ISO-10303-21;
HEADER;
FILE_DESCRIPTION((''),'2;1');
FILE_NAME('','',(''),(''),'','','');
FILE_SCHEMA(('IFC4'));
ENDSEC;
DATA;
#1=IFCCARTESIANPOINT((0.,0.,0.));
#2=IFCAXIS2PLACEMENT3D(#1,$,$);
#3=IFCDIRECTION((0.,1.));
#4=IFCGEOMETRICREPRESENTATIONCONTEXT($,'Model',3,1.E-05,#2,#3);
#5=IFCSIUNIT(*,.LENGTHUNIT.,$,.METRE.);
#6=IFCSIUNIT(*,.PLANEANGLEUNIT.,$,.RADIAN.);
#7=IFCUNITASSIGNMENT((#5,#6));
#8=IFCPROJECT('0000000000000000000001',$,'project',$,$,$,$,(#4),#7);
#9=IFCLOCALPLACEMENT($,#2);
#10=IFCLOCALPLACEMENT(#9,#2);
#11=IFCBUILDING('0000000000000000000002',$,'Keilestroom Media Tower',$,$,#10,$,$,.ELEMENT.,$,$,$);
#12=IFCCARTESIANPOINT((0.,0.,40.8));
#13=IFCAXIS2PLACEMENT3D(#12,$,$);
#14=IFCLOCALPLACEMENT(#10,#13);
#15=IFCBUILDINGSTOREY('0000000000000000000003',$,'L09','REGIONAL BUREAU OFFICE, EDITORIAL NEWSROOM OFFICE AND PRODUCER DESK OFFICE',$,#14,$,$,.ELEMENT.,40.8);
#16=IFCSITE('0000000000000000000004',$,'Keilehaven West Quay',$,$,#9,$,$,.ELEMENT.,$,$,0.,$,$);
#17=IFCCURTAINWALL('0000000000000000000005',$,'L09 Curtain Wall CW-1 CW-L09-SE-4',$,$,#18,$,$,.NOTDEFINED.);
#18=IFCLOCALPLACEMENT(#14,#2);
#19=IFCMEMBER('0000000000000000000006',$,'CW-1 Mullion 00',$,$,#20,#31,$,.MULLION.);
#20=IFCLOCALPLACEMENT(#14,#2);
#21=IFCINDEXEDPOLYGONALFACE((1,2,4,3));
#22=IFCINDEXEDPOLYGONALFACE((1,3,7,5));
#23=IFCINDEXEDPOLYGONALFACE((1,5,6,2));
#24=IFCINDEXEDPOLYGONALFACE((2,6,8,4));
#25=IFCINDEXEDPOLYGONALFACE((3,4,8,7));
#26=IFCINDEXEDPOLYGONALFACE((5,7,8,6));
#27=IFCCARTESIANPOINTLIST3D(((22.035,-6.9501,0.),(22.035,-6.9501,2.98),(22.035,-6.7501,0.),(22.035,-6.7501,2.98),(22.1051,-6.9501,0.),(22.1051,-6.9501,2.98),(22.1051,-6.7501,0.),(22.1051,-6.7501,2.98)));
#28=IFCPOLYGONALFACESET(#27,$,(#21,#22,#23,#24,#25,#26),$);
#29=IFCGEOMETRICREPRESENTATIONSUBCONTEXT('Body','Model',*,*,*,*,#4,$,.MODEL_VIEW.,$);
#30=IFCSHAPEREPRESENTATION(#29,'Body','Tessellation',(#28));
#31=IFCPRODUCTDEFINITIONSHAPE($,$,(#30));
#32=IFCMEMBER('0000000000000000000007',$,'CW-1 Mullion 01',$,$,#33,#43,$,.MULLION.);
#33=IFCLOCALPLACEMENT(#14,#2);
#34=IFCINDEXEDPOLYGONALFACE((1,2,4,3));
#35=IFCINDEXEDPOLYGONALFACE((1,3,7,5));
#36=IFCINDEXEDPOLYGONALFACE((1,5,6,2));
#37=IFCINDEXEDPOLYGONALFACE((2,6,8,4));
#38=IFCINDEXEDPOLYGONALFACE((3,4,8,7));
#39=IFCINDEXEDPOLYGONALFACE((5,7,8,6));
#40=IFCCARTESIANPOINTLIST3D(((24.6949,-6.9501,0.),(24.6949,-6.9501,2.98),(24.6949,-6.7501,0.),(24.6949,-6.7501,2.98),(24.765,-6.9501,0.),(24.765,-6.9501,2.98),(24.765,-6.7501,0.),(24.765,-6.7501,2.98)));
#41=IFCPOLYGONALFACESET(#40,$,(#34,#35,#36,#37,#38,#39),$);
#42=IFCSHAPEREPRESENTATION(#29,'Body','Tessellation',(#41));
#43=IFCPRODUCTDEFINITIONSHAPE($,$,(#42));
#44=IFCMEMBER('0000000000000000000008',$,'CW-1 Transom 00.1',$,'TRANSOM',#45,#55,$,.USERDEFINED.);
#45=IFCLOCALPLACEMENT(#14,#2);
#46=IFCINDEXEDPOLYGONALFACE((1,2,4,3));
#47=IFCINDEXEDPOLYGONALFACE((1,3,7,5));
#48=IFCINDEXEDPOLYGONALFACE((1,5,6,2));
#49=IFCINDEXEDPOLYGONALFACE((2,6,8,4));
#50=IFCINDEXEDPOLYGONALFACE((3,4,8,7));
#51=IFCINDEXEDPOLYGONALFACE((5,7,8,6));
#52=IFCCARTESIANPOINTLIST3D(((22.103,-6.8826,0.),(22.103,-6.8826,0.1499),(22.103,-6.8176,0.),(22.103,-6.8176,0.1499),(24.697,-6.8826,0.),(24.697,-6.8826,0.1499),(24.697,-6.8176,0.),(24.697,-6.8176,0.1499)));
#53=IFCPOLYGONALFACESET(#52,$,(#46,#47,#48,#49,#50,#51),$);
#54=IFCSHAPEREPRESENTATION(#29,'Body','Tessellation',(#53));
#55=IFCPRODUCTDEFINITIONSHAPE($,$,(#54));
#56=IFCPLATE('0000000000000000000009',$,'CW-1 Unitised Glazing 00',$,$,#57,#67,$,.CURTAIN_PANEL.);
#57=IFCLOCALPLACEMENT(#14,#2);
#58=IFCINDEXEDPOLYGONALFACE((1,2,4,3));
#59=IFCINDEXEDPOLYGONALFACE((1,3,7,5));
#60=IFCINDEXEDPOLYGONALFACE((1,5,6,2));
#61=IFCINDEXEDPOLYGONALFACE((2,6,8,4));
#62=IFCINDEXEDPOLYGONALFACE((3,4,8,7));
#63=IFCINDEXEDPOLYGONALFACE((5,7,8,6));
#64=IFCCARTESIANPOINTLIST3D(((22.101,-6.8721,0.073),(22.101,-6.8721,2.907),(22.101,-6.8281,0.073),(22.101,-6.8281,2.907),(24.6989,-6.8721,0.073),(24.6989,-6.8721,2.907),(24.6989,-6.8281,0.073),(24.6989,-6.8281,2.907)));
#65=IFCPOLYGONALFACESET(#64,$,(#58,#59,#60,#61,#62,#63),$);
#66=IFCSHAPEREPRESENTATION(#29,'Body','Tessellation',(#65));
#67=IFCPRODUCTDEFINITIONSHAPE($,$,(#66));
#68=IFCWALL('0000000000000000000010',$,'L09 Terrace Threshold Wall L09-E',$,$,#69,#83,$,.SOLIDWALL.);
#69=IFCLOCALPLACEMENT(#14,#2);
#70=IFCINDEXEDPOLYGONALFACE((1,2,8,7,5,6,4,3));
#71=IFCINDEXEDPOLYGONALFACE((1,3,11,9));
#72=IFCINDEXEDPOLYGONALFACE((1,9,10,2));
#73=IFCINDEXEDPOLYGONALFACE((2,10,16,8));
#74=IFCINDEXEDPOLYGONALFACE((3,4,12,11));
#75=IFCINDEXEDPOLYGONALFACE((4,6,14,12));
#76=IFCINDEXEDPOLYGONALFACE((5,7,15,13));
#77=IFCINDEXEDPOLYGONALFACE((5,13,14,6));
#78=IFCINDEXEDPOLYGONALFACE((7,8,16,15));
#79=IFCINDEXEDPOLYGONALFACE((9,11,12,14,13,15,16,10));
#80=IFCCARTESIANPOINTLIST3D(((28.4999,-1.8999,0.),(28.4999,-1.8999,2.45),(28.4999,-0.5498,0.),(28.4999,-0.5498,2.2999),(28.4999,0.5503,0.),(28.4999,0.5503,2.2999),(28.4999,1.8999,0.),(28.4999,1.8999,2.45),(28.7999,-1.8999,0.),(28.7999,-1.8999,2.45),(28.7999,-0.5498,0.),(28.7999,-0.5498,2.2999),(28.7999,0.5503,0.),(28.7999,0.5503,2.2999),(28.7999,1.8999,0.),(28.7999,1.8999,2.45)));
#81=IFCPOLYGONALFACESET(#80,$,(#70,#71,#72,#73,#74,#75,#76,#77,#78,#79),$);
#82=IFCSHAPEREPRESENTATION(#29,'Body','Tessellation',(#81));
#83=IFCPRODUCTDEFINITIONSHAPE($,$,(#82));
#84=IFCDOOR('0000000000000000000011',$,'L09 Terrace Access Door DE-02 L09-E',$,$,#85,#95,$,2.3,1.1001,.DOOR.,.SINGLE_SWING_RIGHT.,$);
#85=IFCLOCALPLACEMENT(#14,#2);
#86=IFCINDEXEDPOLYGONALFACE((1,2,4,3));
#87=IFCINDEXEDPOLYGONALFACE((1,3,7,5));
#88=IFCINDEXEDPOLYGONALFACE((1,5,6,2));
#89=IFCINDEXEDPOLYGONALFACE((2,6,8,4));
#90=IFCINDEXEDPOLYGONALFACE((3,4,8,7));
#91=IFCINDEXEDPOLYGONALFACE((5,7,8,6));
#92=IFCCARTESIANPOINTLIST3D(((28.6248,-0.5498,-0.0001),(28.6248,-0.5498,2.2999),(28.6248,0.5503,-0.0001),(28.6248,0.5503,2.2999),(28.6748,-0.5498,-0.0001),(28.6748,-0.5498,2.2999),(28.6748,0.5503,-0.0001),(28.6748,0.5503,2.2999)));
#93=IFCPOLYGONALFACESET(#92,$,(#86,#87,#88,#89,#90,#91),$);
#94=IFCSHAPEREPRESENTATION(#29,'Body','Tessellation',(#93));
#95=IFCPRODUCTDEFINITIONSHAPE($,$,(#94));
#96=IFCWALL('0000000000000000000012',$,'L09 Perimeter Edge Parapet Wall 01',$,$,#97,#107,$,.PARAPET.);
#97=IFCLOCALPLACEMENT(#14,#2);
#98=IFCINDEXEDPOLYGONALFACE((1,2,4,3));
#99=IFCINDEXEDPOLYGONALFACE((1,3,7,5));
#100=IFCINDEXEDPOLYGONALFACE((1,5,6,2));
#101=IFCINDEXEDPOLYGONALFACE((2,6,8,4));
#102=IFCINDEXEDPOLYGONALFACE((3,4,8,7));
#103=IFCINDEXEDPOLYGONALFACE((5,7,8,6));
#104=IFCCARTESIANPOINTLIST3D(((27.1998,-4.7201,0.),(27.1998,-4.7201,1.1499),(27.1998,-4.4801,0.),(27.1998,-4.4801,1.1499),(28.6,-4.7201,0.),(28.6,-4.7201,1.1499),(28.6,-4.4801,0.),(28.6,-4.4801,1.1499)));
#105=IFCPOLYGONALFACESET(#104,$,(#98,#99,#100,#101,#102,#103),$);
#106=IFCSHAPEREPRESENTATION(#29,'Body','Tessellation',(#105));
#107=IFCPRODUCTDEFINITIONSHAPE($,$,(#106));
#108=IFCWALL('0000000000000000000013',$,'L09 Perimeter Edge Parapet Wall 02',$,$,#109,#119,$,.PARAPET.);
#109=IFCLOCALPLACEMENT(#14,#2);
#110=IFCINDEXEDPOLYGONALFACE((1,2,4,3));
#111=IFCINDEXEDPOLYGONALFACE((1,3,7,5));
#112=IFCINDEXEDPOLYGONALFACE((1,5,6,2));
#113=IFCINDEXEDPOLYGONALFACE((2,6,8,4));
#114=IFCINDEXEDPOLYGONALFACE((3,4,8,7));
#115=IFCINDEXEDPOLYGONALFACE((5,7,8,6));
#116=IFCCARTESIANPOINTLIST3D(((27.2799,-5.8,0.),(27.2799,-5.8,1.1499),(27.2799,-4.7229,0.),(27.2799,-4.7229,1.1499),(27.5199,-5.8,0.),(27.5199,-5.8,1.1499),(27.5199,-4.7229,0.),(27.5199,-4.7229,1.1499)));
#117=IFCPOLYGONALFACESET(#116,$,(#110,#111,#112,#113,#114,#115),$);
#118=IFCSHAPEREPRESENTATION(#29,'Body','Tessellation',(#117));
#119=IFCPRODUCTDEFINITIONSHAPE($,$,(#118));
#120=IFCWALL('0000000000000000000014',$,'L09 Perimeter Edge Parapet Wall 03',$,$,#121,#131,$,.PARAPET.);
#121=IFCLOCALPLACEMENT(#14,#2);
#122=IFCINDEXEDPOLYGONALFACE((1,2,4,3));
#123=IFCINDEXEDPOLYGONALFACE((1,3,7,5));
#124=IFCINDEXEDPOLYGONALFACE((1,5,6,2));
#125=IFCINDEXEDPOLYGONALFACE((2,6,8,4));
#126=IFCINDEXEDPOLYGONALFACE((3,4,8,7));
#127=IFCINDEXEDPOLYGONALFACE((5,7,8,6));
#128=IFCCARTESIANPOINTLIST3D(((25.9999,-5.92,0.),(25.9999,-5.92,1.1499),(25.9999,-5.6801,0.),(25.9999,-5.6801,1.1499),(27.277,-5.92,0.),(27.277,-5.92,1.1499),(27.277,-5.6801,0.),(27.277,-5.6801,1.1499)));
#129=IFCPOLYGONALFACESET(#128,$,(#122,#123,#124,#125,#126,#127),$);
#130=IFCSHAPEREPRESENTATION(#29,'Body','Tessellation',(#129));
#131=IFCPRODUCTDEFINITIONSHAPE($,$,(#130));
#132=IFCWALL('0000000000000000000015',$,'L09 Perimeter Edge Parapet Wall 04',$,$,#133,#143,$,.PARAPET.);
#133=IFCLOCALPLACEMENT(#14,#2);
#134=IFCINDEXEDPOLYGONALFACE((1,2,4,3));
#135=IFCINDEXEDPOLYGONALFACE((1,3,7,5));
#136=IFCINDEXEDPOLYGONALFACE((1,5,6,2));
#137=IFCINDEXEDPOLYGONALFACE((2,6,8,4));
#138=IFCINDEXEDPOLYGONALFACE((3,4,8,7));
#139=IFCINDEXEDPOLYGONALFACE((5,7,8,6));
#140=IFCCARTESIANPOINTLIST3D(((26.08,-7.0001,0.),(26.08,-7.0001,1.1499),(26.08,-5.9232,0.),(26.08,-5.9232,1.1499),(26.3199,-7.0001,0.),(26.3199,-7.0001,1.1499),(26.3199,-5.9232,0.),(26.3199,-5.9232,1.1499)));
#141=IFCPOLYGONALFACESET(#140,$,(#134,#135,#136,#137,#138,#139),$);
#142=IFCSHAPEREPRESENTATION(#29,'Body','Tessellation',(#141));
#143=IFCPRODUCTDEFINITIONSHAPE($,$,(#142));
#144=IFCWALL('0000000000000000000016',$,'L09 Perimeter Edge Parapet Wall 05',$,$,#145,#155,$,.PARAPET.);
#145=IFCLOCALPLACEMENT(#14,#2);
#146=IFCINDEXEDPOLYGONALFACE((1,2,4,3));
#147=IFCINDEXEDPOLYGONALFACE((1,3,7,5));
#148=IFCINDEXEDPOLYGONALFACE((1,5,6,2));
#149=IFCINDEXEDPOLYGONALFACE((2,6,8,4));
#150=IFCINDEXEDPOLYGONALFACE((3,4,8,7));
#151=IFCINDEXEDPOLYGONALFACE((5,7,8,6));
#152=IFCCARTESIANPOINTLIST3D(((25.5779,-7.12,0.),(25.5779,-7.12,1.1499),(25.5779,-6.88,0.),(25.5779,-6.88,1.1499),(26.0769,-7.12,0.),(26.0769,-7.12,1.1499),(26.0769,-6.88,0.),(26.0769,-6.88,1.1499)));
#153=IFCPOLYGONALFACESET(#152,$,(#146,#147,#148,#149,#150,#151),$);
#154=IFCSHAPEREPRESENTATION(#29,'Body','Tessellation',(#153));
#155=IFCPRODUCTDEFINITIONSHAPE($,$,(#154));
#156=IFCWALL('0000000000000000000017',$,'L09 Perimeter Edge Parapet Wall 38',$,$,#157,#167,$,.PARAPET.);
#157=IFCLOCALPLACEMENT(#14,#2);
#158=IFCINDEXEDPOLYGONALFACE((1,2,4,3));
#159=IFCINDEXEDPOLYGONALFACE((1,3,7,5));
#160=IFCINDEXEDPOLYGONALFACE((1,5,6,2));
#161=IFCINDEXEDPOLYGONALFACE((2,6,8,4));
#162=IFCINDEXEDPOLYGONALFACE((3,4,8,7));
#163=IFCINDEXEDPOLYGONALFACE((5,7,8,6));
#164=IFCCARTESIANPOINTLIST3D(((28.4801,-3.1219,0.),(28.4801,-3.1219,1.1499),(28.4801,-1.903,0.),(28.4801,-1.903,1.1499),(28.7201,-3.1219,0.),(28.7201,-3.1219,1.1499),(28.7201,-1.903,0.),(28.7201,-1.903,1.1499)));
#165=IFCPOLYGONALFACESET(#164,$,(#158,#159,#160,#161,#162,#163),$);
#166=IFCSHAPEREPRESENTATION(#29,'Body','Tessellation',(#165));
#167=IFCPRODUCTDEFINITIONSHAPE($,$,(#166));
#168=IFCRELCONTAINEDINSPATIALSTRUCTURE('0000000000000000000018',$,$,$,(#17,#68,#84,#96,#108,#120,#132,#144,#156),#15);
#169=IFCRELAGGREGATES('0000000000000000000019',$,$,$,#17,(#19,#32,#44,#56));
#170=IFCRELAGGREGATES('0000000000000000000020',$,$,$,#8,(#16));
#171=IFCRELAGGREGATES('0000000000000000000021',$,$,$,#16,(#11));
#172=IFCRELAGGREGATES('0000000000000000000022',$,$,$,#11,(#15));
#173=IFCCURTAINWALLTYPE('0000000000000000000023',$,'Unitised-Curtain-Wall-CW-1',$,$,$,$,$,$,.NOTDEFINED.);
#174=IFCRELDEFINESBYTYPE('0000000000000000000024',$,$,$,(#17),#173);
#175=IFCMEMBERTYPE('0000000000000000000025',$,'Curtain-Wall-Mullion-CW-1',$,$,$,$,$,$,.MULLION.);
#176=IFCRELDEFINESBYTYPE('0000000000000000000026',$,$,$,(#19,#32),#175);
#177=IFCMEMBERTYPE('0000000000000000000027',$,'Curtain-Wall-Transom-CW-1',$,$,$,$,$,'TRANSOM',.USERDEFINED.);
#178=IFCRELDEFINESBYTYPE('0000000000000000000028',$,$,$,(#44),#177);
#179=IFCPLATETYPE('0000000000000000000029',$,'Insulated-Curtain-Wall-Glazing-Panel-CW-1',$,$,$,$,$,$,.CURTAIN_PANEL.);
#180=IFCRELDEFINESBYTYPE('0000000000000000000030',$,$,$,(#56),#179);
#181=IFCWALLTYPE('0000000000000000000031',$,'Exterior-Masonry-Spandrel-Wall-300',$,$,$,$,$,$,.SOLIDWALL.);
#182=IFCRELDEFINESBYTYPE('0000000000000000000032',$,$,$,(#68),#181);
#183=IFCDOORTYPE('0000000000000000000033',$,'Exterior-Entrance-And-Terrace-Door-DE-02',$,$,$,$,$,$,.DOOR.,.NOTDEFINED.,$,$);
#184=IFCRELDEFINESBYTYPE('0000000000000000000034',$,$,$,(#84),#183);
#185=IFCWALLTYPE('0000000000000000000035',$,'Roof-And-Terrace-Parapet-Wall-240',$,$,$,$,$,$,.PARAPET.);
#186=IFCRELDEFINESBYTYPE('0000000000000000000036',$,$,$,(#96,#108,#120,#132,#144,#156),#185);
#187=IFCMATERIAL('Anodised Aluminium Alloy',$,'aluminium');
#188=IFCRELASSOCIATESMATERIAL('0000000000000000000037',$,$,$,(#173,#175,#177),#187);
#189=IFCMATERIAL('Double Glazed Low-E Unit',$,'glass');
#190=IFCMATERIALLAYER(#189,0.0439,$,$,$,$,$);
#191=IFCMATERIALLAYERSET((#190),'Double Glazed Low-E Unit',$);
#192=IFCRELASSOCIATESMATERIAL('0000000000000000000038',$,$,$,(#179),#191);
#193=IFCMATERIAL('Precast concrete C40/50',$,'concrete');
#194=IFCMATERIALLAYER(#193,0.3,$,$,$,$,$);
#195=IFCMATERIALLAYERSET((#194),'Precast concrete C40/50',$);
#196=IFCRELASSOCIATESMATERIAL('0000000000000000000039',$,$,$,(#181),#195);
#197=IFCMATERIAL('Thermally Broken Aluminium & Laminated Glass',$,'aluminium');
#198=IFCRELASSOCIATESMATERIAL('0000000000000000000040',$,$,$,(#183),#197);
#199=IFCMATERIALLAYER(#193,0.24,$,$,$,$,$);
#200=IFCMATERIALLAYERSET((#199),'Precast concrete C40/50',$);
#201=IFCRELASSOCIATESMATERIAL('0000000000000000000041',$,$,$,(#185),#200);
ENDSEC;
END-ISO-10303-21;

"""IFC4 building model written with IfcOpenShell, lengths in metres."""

from ifc_helpers import new_model, si_unit, direction, frame, frame_2d, origin, origin_2d, place, context, subcontext, project, spatial, rectangle, extrude, source, transform, mapped, material, layer, layer_set, material_profile, profile_set, type_object, element, fill, aggregate, save


model = new_model("IFC4")

# Units and contexts
model_context = context("Model", 3, precision=1e-05, world=origin(), true_north=direction((0.0, 1.0)))
body_context = subcontext(model_context, "Body", "Model", "MODEL_VIEW")
ifc_project = project(units=[si_unit("LENGTHUNIT", "METRE"), si_unit("PLANEANGLEUNIT", "RADIAN")], contexts=[model_context])

# Site, building, storey
site_placement = place(None, origin())
site = spatial("IfcSite", under=ifc_project, at=site_placement, Name="Keilehaven West Quay", CompositionType="ELEMENT", RefElevation=0.0)
building_placement = place(site_placement, origin())
building = spatial("IfcBuilding", under=site, at=building_placement, Name="Keilestroom Media Tower", CompositionType="ELEMENT")
storey_placement = place(building_placement, frame((0.0, 0.0, 40.8)))
storey = spatial("IfcBuildingStorey", under=building, at=storey_placement, Name="L09", Description="REGIONAL BUREAU OFFICE, EDITORIAL NEWSROOM OFFICE AND PRODUCER DESK OFFICE", CompositionType="ELEMENT", Elevation=40.8)

# Shared definitions
ifc_material_1 = material(Name="Precast concrete C40/50", Category="concrete")

# Curtain wall, members, plate
ifc_material_2 = material(Name="Anodised Aluminium Alloy", Category="aluminium")
curtain_wall_type = type_object("IfcCurtainWallType", Name="Unitised-Curtain-Wall-CW-1", PredefinedType="NOTDEFINED", material=ifc_material_2)
curtain_wall_placement = place(storey_placement, origin())
curtain_wall = element("IfcCurtainWall", 1, at=curtain_wall_placement, inside=storey, type_object=curtain_wall_type, Name="L09 Curtain Wall CW-1 CW-L09-SE-4", PredefinedType="NOTDEFINED")
ifc_material_profile_1 = material_profile(ifc_material_2, rectangle(XDim=0.0701, YDim=0.2, at=origin_2d()), Name="ALU MULLION 70x200")
ifc_profile_set_1 = profile_set([ifc_material_profile_1], Name="Anodised Aluminium Alloy")
member_type_1 = type_object("IfcMemberType", Name="Curtain-Wall-Mullion-CW-1", PredefinedType="MULLION", material=ifc_profile_set_1)
shared_shape_1 = source(origin(), body_context, "Body", "SweptSolid", [
    extrude(rectangle(XDim=0.0701, YDim=0.2, at=origin_2d()), origin(), (0.0, 0.0, 1.0), 2.98),
])
member_1_placement = place(storey_placement, frame((22.0701, -6.8501, 0.0), z_axis=(0.0, 0.0, 1.0), x_axis=(1.0, 0.0, 0.0)))
member_1 = element("IfcMember", 2, at=member_1_placement, type_object=member_type_1, Name="CW-1 Mullion 00", PredefinedType="MULLION", context=body_context, shape_type="MappedRepresentation", body=[
    mapped(shared_shape_1, transform((0.0, 0.0, 0.0), x_axis=(1.0, 0.0, 0.0), y_axis=(0.0, 1.0, 0.0), z_axis=(0.0, 0.0, 1.0), scale=1.0)),
])
member_2_placement = place(storey_placement, frame((24.73, -6.8501, 0.0), z_axis=(0.0, 0.0, 1.0), x_axis=(1.0, 0.0, 0.0)))
member_2 = element("IfcMember", 3, at=member_2_placement, type_object=member_type_1, Name="CW-1 Mullion 01", PredefinedType="MULLION", context=body_context, shape_type="MappedRepresentation", body=[
    mapped(shared_shape_1, transform((0.0, 0.0, 0.0), x_axis=(1.0, 0.0, 0.0), y_axis=(0.0, 1.0, 0.0), z_axis=(0.0, 0.0, 1.0), scale=1.0)),
])
ifc_material_profile_2 = material_profile(ifc_material_2, rectangle(XDim=0.0649, YDim=0.1499, at=origin_2d()), Name="ALU TRANSOM 65x150")
ifc_profile_set_2 = profile_set([ifc_material_profile_2], Name="Anodised Aluminium Alloy")
member_type_2 = type_object("IfcMemberType", Name="Curtain-Wall-Transom-CW-1", ElementType="TRANSOM", PredefinedType="USERDEFINED", material=ifc_profile_set_2)
shared_shape_2 = source(origin(), body_context, "Body", "SweptSolid", [
    extrude(rectangle(XDim=0.0649, YDim=0.1499, at=origin_2d()), origin(), (0.0, 0.0, 1.0), 2.594),
])
member_3_placement = place(storey_placement, frame((22.103, -6.8501, 0.075), z_axis=(1.0, 0.0, 0.0), x_axis=(0.0, 1.0, 0.0)))
member_3 = element("IfcMember", 4, at=member_3_placement, type_object=member_type_2, Name="CW-1 Transom 00.1", ObjectType="TRANSOM", PredefinedType="USERDEFINED", context=body_context, shape_type="MappedRepresentation", body=[
    mapped(shared_shape_2, transform((0.0, 0.0, 0.0), x_axis=(1.0, 0.0, 0.0), y_axis=(0.0, 1.0, 0.0), z_axis=(0.0, 0.0, 1.0), scale=1.0)),
])
ifc_material_3 = material(Name="Double Glazed Low-E Unit", Category="glass")
ifc_layer_1 = layer(ifc_material_3, 0.0439)
ifc_layer_set_1 = layer_set([ifc_layer_1], Name="Double Glazed Low-E Unit")
plate_type = type_object("IfcPlateType", Name="Insulated-Curtain-Wall-Glazing-Panel-CW-1", PredefinedType="CURTAIN_PANEL", material=ifc_layer_set_1)
shared_shape_3 = source(origin(), body_context, "Body", "SweptSolid", [
    extrude(rectangle(XDim=2.5979, YDim=0.0439, at=origin_2d()), origin(), (0.0, 0.0, 1.0), 2.834),
])
plate_placement = place(storey_placement, frame((23.3999, -6.8501, 0.073), z_axis=(0.0, 0.0, 1.0), x_axis=(1.0, 0.0, 0.0)))
plate = element("IfcPlate", 5, at=plate_placement, type_object=plate_type, Name="CW-1 Unitised Glazing 00", PredefinedType="CURTAIN_PANEL", context=body_context, shape_type="MappedRepresentation", body=[
    mapped(shared_shape_3, transform((0.0, 0.0, 0.0), x_axis=(1.0, 0.0, 0.0), y_axis=(0.0, 1.0, 0.0), z_axis=(0.0, 0.0, 1.0), scale=1.0)),
])
aggregate(curtain_wall, [member_1, member_2, member_3, plate])

# Wall, opening, door
ifc_layer_2 = layer(ifc_material_1, 0.3)
ifc_layer_set_2 = layer_set([ifc_layer_2], Name="Precast concrete C40/50")
wall_type_1 = type_object("IfcWallType", Name="Exterior-Masonry-Spandrel-Wall-300", PredefinedType="SOLIDWALL", material=ifc_layer_set_2)
wall_1_placement = place(storey_placement, frame((28.6499, -1.8999, 0.0), z_axis=(0.0, 0.0, 1.0), x_axis=(0.0, 1.0, 0.0)))
wall_1 = element("IfcWall", 6, at=wall_1_placement, inside=storey, type_object=wall_type_1, Name="L09 Terrace Threshold Wall L09-E", PredefinedType="SOLIDWALL", context=body_context, shape_type="SweptSolid", body=[
    extrude(rectangle(XDim=3.7998, YDim=0.3, at=frame_2d((1.8999, 0.0))), origin(), (0.0, 0.0, 1.0), 2.45),
])
opening_placement = place(wall_1_placement, frame((1.3501, 0.0, 0.0)))
opening = element("IfcOpeningElement", 7, at=opening_placement, cuts=wall_1, PredefinedType="OPENING", context=body_context, shape_type="SweptSolid", body=[
    extrude(rectangle(XDim=1.1001, YDim=2.3, at=frame_2d((0.55, 1.1499))), frame((0.0, 0.1602, 0.0), z_axis=(0.0, -1.0, 0.0), x_axis=(1.0, 0.0, 0.0)), (0.0, 0.0, 1.0), 0.3201),
])
ifc_material_4 = material(Name="Thermally Broken Aluminium & Laminated Glass", Category="aluminium")
door_type = type_object("IfcDoorType", Name="Exterior-Entrance-And-Terrace-Door-DE-02", OperationType="NOTDEFINED", PredefinedType="DOOR", material=ifc_material_4)
shared_shape_4 = source(origin(), body_context, "Body", "SweptSolid", [
    extrude(rectangle(XDim=1.1001, YDim=2.3, at=frame_2d((0.55, 1.1499))), frame((0.0, 0.0249, 0.0), z_axis=(0.0, -1.0, 0.0), x_axis=(1.0, 0.0, 0.0)), (0.0, 0.0, 1.0), 0.05),
])
door_placement = place(opening_placement, frame((1.1001, 0.0, 0.0), z_axis=(0.0, 0.0, 1.0), x_axis=(-1.0, 0.0, 0.0)))
door = element("IfcDoor", 8, at=door_placement, inside=storey, type_object=door_type, Name="L09 Terrace Access Door DE-02 L09-E", OperationType="SINGLE_SWING_RIGHT", OverallHeight=2.3, OverallWidth=1.1001, PredefinedType="DOOR", context=body_context, shape_type="MappedRepresentation", body=[
    mapped(shared_shape_4, transform((0.0, 0.0, 0.0), x_axis=(1.0, 0.0, 0.0), y_axis=(0.0, 1.0, 0.0), z_axis=(0.0, 0.0, 1.0), scale=1.0)),
])
fill(opening, door)

# Walls
ifc_layer_3 = layer(ifc_material_1, 0.24)
ifc_layer_set_3 = layer_set([ifc_layer_3], Name="Precast concrete C40/50")
wall_type_2 = type_object("IfcWallType", Name="Roof-And-Terrace-Parapet-Wall-240", PredefinedType="PARAPET", material=ifc_layer_set_3)
wall_2_placement = place(storey_placement, frame((28.6001, -4.6001, 0.0), z_axis=(0.0, 0.0, 1.0), x_axis=(-1.0, 0.0, 0.0)))
element("IfcWall", 9, at=wall_2_placement, inside=storey, type_object=wall_type_2, Name="L09 Perimeter Edge Parapet Wall 01", PredefinedType="PARAPET", context=body_context, shape_type="SweptSolid", body=[
    extrude(rectangle(XDim=1.4001, YDim=0.24, at=frame_2d((0.7002, 0.0))), origin(), (0.0, 0.0, 1.0), 1.1499),
])
wall_3_placement = place(storey_placement, frame((27.3999, -4.7229, 0.0), z_axis=(0.0, 0.0, 1.0), x_axis=(0.0, -1.0, 0.0)))
element("IfcWall", 10, at=wall_3_placement, inside=storey, type_object=wall_type_2, Name="L09 Perimeter Edge Parapet Wall 02", PredefinedType="PARAPET", context=body_context, shape_type="SweptSolid", body=[
    extrude(rectangle(XDim=1.0771, YDim=0.24, at=frame_2d((0.5386, 0.0))), origin(), (0.0, 0.0, 1.0), 1.1499),
])
wall_4_placement = place(storey_placement, frame((27.2771, -5.8, 0.0), z_axis=(0.0, 0.0, 1.0), x_axis=(-1.0, 0.0, 0.0)))
element("IfcWall", 11, at=wall_4_placement, inside=storey, type_object=wall_type_2, Name="L09 Perimeter Edge Parapet Wall 03", PredefinedType="PARAPET", context=body_context, shape_type="SweptSolid", body=[
    extrude(rectangle(XDim=1.2771, YDim=0.24, at=frame_2d((0.6387, 0.0))), origin(), (0.0, 0.0, 1.0), 1.1499),
])
wall_5_placement = place(storey_placement, frame((26.2, -5.9231, 0.0), z_axis=(0.0, 0.0, 1.0), x_axis=(0.0, -1.0, 0.0)))
element("IfcWall", 12, at=wall_5_placement, inside=storey, type_object=wall_type_2, Name="L09 Perimeter Edge Parapet Wall 04", PredefinedType="PARAPET", context=body_context, shape_type="SweptSolid", body=[
    extrude(rectangle(XDim=1.0769, YDim=0.24, at=frame_2d((0.5386, 0.0))), origin(), (0.0, 0.0, 1.0), 1.1499),
])
wall_6_placement = place(storey_placement, frame((26.0769, -7.0, 0.0), z_axis=(0.0, 0.0, 1.0), x_axis=(-1.0, 0.0, 0.0)))
element("IfcWall", 13, at=wall_6_placement, inside=storey, type_object=wall_type_2, Name="L09 Perimeter Edge Parapet Wall 05", PredefinedType="PARAPET", context=body_context, shape_type="SweptSolid", body=[
    extrude(rectangle(XDim=0.499, YDim=0.24, at=frame_2d((0.2495, 0.0))), origin(), (0.0, 0.0, 1.0), 1.1499),
])
wall_7_placement = place(storey_placement, frame((28.6001, -1.9031, 0.0), z_axis=(0.0, 0.0, 1.0), x_axis=(0.0, -1.0, 0.0)))
element("IfcWall", 14, at=wall_7_placement, inside=storey, type_object=wall_type_2, Name="L09 Perimeter Edge Parapet Wall 38", PredefinedType="PARAPET", context=body_context, shape_type="SweptSolid", body=[
    extrude(rectangle(XDim=1.219, YDim=0.24, at=frame_2d((0.6094, 0.0))), origin(), (0.0, 0.0, 1.0), 1.1499),
])

save(model, "model.ifc")
